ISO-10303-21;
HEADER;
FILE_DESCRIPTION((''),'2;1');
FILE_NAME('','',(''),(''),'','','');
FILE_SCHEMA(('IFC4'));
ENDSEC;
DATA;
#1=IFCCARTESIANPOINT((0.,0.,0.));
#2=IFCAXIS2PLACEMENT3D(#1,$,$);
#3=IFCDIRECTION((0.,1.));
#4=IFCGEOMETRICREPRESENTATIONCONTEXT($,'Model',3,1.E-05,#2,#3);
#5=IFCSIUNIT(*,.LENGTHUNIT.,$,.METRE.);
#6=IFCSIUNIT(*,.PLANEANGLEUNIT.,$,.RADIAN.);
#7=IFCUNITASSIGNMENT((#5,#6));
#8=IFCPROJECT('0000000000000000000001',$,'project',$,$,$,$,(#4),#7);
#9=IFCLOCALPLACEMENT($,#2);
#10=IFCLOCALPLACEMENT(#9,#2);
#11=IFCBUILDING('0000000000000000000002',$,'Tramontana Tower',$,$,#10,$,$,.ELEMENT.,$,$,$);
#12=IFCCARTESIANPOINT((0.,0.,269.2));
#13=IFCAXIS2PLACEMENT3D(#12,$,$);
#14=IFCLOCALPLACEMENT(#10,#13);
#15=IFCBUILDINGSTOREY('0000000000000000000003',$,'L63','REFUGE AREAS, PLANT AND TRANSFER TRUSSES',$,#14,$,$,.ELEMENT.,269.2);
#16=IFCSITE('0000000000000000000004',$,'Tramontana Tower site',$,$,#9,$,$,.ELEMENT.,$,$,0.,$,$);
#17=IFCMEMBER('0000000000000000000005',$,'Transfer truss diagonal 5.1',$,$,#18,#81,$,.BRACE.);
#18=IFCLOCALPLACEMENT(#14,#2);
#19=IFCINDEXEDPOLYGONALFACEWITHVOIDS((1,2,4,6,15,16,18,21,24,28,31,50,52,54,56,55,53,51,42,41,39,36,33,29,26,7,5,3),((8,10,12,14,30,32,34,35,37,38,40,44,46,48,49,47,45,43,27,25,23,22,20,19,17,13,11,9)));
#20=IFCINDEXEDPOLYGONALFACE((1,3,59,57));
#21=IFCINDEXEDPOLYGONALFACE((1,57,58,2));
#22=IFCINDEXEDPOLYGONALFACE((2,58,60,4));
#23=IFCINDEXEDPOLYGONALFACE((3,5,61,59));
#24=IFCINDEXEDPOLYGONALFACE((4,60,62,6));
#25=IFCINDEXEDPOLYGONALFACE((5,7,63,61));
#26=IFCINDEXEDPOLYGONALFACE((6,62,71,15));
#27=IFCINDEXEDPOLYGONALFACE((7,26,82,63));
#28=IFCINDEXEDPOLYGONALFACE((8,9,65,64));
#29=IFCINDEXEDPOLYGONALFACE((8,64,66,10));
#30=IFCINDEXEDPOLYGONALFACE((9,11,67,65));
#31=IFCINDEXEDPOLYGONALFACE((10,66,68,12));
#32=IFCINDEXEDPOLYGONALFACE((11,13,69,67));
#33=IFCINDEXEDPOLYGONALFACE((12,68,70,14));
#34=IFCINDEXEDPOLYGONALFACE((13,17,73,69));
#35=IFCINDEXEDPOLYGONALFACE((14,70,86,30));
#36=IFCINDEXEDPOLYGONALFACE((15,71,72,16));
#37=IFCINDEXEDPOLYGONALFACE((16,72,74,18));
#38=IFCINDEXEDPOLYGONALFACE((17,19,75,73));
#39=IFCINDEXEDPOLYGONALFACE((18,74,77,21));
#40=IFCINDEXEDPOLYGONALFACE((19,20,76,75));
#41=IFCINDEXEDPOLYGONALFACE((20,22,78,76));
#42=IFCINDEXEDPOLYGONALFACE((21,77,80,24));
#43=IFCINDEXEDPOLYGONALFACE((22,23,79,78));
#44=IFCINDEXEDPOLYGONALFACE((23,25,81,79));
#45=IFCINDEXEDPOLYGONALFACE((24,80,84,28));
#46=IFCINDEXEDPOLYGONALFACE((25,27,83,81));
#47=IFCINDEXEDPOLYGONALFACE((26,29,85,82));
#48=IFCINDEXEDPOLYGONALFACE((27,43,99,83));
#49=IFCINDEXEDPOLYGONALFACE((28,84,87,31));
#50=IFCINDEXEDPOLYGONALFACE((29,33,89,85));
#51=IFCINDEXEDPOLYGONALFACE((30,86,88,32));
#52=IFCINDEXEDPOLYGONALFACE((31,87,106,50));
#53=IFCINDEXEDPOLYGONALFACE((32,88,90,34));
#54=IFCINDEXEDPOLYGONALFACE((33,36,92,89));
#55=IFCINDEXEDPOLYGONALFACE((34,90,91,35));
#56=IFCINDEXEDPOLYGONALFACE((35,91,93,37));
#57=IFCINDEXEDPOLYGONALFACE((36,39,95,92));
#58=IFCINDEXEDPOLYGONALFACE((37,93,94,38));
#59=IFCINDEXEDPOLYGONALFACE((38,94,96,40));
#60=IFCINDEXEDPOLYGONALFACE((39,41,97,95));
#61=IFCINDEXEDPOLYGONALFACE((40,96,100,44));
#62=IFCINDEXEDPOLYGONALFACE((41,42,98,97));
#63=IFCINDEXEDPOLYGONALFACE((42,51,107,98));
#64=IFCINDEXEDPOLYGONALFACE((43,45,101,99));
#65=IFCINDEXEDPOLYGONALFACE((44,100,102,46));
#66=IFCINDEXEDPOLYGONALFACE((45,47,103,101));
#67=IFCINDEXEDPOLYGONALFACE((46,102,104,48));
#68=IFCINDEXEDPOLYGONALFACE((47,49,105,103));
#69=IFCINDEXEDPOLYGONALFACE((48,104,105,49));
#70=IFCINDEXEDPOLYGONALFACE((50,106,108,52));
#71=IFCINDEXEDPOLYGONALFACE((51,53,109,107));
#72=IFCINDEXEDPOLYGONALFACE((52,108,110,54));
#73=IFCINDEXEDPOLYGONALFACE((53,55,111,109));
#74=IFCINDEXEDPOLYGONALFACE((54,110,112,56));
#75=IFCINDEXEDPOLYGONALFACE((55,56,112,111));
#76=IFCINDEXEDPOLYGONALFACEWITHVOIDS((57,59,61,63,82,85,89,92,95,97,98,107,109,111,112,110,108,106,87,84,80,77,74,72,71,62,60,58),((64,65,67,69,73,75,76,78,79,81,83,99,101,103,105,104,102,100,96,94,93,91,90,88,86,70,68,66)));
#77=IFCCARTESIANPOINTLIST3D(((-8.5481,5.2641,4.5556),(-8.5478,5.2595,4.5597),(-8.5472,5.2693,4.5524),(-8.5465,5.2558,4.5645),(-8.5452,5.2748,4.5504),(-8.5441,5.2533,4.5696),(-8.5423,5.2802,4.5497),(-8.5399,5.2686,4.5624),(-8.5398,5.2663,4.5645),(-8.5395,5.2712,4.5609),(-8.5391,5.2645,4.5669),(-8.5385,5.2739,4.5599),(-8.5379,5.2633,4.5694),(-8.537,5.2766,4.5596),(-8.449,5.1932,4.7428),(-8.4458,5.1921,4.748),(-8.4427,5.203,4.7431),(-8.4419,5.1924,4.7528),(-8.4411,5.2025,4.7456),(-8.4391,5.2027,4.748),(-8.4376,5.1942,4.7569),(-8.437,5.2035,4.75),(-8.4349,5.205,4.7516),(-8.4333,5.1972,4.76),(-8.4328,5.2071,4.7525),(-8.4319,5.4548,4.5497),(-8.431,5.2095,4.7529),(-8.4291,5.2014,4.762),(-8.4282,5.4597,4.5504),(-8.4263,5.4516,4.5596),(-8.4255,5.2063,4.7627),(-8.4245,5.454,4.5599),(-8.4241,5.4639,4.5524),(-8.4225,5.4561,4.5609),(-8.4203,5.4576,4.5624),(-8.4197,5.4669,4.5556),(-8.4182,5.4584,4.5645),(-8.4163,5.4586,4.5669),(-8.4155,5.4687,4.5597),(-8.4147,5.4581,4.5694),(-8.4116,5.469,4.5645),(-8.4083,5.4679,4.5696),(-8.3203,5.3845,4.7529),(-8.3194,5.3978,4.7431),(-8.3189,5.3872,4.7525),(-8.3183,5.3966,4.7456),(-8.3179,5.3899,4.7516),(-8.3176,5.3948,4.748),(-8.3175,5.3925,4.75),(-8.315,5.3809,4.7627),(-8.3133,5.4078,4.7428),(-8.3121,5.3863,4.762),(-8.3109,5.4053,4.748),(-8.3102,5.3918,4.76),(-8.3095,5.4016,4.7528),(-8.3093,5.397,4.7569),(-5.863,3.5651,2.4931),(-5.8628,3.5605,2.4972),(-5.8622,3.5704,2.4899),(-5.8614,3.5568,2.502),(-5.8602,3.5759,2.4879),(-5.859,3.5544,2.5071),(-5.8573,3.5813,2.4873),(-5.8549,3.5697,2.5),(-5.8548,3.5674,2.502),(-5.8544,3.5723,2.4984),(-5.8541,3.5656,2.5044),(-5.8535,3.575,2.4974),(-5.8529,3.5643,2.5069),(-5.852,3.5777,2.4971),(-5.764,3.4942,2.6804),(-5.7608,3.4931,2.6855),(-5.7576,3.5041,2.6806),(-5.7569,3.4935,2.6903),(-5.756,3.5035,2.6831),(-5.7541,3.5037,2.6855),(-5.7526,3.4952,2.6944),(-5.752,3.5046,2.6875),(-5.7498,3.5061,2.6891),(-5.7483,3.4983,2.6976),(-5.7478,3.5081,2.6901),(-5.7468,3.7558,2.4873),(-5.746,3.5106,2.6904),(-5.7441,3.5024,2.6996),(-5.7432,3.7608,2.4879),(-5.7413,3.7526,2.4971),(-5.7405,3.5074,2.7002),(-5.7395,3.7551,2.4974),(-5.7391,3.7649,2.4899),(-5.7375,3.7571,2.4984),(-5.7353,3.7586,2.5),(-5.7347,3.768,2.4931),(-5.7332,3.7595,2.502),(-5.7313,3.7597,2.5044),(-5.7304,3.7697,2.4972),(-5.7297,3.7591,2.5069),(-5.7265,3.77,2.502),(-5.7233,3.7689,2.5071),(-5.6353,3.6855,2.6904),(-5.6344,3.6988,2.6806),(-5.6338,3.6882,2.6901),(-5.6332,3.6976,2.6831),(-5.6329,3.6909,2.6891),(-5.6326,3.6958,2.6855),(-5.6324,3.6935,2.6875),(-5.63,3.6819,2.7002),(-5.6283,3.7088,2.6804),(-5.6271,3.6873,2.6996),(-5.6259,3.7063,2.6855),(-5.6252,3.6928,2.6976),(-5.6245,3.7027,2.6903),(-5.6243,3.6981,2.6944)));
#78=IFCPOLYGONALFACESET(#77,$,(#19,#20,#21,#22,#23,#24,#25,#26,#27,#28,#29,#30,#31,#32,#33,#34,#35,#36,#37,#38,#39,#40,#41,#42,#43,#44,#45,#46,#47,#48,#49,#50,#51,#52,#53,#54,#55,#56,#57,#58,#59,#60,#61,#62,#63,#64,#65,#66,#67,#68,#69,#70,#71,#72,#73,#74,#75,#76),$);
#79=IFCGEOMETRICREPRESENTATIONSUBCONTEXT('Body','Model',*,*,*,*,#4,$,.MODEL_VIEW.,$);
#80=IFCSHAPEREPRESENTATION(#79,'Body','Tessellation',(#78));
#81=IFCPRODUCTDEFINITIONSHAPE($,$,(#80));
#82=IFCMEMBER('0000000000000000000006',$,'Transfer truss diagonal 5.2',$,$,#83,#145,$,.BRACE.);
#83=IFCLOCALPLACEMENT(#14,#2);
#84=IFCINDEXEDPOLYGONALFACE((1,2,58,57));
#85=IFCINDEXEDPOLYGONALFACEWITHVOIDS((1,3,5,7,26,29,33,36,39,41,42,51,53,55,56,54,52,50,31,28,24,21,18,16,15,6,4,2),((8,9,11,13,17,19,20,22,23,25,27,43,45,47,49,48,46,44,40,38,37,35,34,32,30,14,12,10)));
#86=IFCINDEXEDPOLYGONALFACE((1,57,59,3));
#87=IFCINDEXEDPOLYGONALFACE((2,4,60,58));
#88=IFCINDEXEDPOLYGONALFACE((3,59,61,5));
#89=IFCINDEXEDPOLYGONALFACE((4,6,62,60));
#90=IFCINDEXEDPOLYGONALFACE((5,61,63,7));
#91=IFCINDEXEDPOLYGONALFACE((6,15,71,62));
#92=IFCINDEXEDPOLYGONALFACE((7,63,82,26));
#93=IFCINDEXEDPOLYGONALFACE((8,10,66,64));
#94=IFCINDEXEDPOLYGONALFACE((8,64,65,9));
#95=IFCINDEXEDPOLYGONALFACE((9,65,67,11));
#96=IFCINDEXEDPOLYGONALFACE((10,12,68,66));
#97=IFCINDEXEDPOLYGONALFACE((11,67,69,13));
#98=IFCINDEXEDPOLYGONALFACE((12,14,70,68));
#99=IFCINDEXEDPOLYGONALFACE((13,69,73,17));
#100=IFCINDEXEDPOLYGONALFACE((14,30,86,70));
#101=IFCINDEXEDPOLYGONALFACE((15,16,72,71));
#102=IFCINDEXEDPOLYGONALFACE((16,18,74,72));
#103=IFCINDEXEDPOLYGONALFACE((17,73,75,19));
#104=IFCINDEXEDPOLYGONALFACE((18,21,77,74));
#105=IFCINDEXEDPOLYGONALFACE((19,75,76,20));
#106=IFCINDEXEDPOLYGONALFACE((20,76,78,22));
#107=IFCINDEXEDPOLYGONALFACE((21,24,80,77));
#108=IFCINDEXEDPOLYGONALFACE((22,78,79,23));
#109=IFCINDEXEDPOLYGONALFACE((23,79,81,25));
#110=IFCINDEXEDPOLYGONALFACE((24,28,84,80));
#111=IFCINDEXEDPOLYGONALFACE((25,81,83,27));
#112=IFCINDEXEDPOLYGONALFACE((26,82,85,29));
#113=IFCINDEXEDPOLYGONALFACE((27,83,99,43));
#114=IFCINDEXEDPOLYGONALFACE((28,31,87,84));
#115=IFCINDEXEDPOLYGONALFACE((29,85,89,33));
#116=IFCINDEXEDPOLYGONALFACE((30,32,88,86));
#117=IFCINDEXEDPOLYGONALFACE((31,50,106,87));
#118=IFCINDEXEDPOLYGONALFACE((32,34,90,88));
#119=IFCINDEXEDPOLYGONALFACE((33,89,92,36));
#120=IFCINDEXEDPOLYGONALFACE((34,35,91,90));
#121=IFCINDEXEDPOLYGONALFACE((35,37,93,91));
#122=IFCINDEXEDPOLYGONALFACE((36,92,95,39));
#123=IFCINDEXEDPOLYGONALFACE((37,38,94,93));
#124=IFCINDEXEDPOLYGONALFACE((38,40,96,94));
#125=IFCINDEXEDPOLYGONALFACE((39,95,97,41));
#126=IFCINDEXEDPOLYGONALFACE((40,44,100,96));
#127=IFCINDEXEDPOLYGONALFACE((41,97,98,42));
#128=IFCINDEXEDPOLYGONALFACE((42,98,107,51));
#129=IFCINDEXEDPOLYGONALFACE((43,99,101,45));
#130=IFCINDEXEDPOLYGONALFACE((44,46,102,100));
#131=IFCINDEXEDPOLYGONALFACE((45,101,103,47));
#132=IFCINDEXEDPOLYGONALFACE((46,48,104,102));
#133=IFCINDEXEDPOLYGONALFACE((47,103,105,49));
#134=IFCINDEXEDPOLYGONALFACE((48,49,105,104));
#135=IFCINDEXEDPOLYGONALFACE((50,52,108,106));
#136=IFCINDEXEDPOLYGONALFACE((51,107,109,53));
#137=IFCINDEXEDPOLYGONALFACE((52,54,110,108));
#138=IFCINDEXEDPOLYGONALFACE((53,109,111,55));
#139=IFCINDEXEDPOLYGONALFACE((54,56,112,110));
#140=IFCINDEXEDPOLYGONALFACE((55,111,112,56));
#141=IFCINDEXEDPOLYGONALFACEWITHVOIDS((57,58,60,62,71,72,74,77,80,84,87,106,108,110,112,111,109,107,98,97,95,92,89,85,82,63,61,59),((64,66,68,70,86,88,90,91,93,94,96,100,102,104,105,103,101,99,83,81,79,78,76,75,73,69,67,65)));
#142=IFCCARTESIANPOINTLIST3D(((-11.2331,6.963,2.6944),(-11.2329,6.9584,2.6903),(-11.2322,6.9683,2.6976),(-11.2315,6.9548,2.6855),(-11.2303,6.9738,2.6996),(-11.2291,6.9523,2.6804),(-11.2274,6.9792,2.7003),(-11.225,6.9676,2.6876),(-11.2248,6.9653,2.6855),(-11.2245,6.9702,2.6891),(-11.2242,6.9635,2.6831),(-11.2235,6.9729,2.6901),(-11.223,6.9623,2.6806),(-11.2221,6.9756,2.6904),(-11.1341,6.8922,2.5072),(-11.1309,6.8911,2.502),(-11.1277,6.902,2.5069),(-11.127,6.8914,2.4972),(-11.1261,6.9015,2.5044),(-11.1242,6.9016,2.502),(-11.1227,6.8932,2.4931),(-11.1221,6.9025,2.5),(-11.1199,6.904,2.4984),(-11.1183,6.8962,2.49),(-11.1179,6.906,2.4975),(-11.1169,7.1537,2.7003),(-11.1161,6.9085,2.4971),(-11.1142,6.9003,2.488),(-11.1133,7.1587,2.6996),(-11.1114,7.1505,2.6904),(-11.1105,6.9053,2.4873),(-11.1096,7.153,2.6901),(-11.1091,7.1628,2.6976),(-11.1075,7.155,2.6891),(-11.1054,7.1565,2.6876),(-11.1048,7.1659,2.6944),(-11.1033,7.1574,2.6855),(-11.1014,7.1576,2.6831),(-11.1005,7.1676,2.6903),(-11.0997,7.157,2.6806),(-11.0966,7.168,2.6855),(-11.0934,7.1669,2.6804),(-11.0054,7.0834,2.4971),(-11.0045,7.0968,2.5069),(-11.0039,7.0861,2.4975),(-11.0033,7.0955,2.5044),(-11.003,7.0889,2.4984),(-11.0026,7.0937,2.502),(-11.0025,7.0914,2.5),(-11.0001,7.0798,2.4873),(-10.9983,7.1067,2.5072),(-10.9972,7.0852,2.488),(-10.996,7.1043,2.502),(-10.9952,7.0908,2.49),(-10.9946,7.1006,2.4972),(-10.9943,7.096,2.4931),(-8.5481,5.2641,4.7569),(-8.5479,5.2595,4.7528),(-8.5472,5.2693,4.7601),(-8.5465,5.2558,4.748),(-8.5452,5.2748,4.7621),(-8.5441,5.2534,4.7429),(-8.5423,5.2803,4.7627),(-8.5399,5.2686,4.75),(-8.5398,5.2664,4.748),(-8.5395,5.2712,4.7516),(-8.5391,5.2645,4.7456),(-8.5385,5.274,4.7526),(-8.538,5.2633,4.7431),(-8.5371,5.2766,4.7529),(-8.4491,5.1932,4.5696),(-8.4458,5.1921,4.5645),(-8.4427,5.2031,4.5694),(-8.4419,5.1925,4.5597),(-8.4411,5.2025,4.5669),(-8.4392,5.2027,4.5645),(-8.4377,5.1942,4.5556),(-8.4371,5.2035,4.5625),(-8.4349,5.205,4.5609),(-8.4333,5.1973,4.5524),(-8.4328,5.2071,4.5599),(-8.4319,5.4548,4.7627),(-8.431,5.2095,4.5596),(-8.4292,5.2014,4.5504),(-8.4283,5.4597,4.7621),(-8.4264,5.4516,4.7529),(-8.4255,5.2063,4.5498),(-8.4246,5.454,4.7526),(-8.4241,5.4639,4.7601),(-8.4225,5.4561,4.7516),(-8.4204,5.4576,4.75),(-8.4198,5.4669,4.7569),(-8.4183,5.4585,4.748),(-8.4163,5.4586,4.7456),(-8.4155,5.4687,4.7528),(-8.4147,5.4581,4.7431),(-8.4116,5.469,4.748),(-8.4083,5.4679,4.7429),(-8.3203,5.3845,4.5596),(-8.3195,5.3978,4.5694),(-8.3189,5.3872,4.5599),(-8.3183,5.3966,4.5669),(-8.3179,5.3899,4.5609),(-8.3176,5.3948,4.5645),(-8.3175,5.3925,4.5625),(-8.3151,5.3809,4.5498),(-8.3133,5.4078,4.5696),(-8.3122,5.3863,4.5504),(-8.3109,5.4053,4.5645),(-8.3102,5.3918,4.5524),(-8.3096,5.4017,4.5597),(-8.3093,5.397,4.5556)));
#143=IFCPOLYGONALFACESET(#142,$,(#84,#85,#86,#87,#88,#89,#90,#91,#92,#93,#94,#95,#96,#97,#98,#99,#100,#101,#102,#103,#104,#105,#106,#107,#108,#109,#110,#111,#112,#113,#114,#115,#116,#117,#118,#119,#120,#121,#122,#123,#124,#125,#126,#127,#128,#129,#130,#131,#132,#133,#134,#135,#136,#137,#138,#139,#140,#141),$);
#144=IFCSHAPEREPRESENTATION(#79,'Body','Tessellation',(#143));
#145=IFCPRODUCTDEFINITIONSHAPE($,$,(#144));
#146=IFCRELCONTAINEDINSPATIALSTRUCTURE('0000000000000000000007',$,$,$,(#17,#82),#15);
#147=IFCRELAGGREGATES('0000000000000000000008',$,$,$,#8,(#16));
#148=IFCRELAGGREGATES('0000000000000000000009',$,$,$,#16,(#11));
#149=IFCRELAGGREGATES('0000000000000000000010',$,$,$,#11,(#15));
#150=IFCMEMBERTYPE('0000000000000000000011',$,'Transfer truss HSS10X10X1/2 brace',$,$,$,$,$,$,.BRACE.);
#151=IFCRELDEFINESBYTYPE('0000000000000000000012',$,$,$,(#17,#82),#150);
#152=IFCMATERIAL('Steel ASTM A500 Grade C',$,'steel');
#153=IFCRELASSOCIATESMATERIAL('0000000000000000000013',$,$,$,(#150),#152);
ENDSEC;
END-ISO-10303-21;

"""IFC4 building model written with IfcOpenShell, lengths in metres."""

from ifc_helpers import new_model, si_unit, direction, frame, origin, origin_2d, place, context, subcontext, project, spatial, hollow_rectangle, extrude, material, material_profile, profile_set, type_object, element, save


model = new_model("IFC4")

# Units and contexts
model_context = context("Model", 3, precision=1e-05, world=origin(), true_north=direction((0.0, 1.0)))
body_context = subcontext(model_context, "Body", "Model", "MODEL_VIEW")
ifc_project = project(units=[si_unit("LENGTHUNIT", "METRE"), si_unit("PLANEANGLEUNIT", "RADIAN")], contexts=[model_context])

# Site, building, storey
site_placement = place(None, origin())
site = spatial("IfcSite", under=ifc_project, at=site_placement, Name="Tramontana Tower site", CompositionType="ELEMENT", RefElevation=0.0)
building_placement = place(site_placement, origin())
building = spatial("IfcBuilding", under=site, at=building_placement, Name="Tramontana Tower", CompositionType="ELEMENT")
storey_placement = place(building_placement, frame((0.0, 0.0, 269.2)))
storey = spatial("IfcBuildingStorey", under=building, at=storey_placement, Name="L63", Description="REFUGE AREAS, PLANT AND TRANSFER TRUSSES", CompositionType="ELEMENT", Elevation=269.2)

# Members
ifc_material_1 = material(Name="Steel ASTM A500 Grade C", Category="steel")
ifc_material_profile_1 = material_profile(ifc_material_1, hollow_rectangle(XDim=0.2539, YDim=0.2539, WallThickness=0.0117, InnerFilletRadius=0.0117, OuterFilletRadius=0.0237, at=origin_2d()), Name="HSS10X10X1/2")
ifc_profile_set_1 = profile_set([ifc_material_profile_1], Name="Steel ASTM A500 Grade C")
member_type_1 = type_object("IfcMemberType", Name="Transfer truss HSS10X10X1/2 brace", PredefinedType="BRACE", material=ifc_profile_set_1)
for number, where, z_axis, x_axis, name in (
    (1, (-5.7437, 3.6316, 2.5938), (-0.708808, 0.448499, 0.544463), (-0.534701, -0.845041, 0.0), "Transfer truss diagonal 5.1"),
    (2, (-8.4287, 5.3306, 4.6562), (-0.708808, 0.448499, -0.544463), (-0.534701, -0.845041, 0.0), "Transfer truss diagonal 5.2"),
):
    element("IfcMember", number, at=place(storey_placement, frame(where, z_axis=z_axis, x_axis=x_axis)), inside=storey, type_object=member_type_1, Name=name, PredefinedType="BRACE", context=body_context, shape_type="SweptSolid", body=[
        extrude(hollow_rectangle(XDim=0.2539, YDim=0.2539, WallThickness=0.0117, InnerFilletRadius=0.0117, OuterFilletRadius=0.0237, at=origin_2d()), origin(), (0.0, 0.0, 1.0), 3.7881),
    ])

save(model, "model.ifc")
